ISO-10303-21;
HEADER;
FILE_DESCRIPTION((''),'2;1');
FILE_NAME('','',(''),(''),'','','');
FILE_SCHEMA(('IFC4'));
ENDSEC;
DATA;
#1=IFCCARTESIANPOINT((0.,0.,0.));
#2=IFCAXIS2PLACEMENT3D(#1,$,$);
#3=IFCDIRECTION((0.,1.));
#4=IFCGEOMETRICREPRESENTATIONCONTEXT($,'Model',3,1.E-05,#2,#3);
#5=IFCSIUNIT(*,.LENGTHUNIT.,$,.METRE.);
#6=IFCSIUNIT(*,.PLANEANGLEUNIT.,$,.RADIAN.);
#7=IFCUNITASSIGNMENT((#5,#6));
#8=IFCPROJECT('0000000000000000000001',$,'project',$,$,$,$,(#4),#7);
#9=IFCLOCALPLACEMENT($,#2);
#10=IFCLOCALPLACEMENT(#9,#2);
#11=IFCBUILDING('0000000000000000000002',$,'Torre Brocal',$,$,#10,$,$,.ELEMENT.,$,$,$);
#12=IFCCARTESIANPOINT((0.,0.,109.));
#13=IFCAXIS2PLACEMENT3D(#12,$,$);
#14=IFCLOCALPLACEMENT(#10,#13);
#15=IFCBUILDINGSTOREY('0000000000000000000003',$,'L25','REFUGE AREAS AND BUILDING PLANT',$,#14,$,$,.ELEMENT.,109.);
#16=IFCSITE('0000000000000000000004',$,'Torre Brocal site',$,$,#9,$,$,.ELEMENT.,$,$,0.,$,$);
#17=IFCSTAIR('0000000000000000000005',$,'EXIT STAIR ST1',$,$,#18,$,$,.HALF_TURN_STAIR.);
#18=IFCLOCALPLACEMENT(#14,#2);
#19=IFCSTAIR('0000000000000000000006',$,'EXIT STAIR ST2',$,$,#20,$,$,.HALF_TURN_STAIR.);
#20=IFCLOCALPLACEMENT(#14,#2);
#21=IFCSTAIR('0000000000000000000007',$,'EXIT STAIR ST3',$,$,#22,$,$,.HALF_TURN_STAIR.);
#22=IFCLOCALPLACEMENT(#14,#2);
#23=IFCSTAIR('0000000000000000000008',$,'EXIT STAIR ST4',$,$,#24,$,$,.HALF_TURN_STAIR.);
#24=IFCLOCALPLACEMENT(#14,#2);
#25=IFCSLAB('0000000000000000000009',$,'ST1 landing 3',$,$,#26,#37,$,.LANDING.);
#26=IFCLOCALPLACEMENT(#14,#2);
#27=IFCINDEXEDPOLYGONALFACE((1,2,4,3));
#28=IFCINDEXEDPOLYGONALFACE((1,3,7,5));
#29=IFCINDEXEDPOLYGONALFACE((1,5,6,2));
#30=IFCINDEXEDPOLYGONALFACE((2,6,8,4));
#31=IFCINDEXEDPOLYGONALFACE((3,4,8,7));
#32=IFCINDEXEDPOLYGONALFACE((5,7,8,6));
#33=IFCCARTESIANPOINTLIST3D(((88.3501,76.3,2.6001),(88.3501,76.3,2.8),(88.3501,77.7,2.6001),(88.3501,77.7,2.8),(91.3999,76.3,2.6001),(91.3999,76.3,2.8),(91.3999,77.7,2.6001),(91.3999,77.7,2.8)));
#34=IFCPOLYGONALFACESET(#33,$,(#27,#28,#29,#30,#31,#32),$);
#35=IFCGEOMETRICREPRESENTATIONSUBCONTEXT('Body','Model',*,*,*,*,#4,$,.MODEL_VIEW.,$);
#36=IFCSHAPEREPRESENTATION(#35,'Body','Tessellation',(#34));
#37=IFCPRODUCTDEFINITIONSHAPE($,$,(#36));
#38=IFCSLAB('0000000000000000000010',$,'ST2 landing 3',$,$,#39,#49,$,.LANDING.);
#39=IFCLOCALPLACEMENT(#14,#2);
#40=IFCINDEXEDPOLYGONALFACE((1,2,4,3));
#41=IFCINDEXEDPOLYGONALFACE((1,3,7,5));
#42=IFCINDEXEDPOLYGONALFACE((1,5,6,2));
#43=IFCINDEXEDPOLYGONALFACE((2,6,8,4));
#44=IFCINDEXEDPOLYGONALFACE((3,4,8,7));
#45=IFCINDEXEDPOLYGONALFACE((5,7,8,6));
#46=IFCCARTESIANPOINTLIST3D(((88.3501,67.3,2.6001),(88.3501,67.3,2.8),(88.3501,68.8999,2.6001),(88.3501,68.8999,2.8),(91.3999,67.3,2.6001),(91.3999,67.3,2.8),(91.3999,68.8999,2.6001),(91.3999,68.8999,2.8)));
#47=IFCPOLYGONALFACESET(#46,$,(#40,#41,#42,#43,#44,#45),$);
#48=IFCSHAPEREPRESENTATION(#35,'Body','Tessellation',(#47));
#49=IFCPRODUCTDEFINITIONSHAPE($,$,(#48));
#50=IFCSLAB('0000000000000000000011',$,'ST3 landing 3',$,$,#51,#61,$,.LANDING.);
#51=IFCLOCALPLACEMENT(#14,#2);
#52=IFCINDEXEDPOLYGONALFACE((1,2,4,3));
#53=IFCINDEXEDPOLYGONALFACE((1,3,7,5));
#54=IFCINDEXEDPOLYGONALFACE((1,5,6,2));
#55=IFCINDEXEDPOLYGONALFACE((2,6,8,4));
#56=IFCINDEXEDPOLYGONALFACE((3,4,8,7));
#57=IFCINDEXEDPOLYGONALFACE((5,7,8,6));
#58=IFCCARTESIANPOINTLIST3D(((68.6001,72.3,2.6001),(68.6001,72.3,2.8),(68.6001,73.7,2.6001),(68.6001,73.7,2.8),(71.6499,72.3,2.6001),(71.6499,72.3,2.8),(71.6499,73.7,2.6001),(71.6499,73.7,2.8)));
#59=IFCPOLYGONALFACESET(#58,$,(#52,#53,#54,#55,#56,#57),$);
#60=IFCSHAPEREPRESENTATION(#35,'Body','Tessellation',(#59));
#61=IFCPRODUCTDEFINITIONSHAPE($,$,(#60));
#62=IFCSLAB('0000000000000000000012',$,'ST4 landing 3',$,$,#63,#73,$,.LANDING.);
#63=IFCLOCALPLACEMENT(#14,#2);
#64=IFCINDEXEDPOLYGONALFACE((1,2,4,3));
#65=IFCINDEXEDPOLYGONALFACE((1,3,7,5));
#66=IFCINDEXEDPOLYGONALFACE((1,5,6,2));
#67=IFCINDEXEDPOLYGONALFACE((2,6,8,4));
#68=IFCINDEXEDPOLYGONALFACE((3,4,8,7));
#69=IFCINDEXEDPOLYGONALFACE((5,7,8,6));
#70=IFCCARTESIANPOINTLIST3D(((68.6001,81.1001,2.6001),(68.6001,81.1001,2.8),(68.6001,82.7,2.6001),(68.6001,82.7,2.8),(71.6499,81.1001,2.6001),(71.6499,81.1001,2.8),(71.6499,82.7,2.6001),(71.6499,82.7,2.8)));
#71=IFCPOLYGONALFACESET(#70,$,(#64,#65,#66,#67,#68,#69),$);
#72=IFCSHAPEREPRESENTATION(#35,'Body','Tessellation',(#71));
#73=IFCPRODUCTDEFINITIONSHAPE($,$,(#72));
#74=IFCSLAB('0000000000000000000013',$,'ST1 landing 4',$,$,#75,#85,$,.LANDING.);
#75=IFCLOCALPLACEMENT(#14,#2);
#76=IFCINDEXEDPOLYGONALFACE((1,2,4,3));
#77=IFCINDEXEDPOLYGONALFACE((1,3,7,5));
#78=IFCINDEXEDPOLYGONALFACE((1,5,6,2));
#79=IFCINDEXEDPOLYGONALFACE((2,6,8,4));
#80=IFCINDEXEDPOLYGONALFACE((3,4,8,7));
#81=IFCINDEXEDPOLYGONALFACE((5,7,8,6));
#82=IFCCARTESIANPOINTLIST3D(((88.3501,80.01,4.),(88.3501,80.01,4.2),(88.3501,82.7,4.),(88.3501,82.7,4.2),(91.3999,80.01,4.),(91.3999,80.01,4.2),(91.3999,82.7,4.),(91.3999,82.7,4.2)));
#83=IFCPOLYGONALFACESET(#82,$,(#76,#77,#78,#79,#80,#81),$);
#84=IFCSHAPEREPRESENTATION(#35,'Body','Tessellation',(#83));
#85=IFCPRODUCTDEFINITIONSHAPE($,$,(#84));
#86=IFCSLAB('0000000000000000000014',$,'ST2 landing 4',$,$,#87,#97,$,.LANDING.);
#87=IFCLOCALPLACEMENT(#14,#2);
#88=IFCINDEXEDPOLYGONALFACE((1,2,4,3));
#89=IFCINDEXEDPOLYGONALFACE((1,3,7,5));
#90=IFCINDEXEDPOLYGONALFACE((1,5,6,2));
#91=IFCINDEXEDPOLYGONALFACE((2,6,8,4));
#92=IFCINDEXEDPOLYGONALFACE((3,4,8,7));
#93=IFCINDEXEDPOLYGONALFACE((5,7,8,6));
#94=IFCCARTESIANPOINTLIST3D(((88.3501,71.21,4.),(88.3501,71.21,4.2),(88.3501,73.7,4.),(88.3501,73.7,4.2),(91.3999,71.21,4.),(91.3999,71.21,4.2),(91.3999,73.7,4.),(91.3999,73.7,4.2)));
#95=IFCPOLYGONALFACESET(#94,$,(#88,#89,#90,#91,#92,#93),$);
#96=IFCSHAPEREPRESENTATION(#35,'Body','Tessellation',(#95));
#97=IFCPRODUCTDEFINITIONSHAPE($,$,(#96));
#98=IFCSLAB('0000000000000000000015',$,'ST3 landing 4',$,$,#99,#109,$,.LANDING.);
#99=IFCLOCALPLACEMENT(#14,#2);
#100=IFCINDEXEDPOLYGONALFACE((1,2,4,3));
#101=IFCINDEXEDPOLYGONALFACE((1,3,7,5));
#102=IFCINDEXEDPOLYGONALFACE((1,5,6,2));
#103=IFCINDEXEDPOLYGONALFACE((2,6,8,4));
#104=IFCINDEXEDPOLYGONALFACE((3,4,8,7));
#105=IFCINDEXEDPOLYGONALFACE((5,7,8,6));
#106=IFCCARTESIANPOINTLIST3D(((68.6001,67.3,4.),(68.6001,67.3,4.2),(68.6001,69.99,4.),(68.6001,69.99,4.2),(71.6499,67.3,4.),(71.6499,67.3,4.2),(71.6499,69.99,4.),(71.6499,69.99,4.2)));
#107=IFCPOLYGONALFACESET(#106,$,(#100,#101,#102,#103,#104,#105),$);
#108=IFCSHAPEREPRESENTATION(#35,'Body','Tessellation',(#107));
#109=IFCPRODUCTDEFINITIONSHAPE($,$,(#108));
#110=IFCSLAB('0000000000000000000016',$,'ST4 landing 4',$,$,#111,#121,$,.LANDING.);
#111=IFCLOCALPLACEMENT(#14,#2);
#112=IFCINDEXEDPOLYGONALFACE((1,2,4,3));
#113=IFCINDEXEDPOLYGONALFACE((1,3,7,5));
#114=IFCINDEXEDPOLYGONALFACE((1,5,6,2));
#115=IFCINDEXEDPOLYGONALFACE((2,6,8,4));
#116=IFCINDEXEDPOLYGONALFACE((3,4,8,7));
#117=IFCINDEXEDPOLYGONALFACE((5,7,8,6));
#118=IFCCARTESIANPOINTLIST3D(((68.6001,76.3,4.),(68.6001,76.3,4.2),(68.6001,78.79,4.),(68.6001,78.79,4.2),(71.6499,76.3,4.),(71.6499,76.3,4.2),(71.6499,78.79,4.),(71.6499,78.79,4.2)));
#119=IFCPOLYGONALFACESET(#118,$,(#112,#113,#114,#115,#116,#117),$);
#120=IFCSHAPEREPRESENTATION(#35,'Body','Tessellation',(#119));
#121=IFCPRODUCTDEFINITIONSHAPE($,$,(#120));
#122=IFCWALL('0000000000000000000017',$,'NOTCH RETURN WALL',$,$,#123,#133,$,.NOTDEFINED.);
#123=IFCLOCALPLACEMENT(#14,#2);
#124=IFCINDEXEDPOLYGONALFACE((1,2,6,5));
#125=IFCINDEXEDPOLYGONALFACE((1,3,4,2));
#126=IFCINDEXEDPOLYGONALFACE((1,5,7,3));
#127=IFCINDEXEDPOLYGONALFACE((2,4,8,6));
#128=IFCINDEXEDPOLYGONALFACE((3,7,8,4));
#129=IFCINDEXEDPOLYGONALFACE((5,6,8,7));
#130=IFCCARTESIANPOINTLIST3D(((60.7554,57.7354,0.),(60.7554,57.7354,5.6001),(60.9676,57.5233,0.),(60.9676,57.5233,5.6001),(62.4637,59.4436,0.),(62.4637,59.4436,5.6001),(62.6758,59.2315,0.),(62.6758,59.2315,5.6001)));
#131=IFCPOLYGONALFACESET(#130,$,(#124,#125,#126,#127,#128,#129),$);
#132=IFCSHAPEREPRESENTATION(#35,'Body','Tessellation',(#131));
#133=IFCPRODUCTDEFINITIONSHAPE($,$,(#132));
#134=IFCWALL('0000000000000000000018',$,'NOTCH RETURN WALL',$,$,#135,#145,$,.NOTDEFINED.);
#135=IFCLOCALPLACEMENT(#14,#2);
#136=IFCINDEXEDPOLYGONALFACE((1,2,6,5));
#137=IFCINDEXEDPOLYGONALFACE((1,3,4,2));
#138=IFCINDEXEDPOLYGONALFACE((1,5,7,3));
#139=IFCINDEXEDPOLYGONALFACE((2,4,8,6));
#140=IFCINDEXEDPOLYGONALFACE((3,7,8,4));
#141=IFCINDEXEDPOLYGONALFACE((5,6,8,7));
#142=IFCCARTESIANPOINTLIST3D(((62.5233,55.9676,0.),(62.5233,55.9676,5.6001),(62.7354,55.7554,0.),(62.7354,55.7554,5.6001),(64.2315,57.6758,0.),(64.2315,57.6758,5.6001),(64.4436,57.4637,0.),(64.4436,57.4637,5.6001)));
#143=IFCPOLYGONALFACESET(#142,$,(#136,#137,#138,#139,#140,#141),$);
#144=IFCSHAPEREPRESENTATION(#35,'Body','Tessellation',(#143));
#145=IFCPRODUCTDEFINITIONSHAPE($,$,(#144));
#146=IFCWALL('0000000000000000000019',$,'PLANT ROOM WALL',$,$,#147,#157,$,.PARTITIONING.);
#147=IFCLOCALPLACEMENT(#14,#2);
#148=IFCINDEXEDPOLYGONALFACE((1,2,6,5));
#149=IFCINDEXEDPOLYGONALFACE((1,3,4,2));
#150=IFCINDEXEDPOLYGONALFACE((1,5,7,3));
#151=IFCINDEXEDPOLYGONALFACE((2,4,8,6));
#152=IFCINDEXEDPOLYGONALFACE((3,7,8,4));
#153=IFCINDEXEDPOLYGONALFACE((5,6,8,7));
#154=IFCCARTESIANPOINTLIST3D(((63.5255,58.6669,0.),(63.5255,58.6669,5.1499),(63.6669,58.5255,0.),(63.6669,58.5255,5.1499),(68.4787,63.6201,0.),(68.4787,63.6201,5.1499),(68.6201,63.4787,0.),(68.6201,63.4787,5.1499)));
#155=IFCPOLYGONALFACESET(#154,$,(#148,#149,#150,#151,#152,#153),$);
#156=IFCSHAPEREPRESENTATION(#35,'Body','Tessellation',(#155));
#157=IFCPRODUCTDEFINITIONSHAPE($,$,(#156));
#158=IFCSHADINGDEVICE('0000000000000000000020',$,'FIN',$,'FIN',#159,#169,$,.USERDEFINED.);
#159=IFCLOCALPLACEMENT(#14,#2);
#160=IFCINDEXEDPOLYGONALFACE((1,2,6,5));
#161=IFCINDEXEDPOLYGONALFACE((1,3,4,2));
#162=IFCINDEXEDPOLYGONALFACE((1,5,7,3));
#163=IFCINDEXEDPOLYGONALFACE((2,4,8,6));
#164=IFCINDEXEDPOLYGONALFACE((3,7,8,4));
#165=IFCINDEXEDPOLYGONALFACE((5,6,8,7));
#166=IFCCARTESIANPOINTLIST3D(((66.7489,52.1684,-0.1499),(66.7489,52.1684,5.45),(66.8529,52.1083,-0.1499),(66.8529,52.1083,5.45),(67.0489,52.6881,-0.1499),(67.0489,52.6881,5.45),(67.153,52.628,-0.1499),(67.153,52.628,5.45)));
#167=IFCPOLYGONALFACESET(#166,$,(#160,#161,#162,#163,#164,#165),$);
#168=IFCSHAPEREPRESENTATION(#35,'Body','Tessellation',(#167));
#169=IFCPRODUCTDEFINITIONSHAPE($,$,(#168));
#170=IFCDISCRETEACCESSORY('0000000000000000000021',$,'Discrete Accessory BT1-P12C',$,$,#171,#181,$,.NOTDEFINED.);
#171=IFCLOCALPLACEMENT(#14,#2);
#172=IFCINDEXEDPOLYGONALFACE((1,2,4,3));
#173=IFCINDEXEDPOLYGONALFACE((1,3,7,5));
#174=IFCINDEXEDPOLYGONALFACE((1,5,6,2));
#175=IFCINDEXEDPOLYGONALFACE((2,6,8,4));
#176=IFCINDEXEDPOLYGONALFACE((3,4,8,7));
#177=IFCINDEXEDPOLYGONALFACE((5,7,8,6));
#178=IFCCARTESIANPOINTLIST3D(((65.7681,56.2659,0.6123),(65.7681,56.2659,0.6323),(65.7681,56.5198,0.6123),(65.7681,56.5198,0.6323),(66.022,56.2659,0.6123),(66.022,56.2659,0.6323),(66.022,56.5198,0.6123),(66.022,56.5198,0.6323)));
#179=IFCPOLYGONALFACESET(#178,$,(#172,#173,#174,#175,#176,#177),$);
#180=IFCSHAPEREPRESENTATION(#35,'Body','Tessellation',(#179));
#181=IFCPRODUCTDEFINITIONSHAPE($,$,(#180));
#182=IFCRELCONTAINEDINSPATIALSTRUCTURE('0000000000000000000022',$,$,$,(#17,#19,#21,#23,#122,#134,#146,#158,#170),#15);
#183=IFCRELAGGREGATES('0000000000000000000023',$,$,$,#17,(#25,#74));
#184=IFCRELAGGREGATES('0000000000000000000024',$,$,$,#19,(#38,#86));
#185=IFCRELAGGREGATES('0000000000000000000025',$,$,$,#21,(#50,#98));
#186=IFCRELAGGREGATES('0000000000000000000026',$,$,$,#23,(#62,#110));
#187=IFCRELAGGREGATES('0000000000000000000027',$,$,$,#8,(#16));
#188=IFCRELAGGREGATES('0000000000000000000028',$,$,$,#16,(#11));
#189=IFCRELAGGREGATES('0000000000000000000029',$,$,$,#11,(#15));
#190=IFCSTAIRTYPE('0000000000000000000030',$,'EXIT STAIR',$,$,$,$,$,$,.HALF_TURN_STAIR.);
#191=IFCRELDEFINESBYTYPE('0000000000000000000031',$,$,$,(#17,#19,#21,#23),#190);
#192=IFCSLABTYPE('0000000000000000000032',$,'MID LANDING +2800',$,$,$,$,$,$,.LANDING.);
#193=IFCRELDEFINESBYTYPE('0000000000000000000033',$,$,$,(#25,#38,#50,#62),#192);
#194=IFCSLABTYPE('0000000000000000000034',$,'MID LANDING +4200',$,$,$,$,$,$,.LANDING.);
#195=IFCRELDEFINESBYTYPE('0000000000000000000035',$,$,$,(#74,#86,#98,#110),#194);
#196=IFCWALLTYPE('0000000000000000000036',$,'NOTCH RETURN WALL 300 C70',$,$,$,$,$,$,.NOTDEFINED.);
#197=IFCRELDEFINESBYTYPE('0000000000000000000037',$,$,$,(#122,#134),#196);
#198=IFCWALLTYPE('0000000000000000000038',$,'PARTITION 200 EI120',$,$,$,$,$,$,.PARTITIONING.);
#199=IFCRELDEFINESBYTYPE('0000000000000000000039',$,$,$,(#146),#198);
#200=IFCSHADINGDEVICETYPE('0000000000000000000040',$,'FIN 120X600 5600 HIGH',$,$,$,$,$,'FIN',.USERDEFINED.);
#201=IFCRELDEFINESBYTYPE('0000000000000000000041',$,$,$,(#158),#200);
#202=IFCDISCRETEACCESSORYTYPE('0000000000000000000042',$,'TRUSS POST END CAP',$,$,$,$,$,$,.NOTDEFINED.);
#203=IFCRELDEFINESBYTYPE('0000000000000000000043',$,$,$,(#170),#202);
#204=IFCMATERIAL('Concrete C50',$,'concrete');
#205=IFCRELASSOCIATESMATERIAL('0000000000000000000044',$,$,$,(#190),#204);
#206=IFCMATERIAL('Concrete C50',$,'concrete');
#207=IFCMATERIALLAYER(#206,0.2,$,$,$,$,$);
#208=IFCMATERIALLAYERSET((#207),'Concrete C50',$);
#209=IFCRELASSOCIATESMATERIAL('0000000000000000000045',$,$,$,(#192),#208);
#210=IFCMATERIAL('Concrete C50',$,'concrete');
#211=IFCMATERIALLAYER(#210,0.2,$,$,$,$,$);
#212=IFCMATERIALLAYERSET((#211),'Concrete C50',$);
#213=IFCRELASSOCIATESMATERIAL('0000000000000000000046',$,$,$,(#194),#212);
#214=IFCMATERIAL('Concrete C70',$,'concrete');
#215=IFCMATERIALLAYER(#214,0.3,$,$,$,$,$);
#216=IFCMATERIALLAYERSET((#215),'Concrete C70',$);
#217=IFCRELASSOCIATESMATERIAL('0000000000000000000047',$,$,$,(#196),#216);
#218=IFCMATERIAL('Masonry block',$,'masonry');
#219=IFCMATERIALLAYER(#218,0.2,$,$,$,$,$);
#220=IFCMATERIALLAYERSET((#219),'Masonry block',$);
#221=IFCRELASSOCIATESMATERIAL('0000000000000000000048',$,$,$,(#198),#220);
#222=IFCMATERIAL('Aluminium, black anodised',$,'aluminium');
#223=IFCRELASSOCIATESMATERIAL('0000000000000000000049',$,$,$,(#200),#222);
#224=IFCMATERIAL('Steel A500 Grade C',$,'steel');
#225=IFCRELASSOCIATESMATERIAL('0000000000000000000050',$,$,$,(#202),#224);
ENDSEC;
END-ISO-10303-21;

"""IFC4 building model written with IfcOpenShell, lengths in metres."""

from ifc_helpers import new_model, si_unit, direction, frame, frame_2d, origin, origin_2d, place, context, subcontext, project, spatial, polyline, rectangle, outline, extrude, material, layer, layer_set, material_profile, profile_set, type_object, element, aggregate, save


model = new_model("IFC4")

# Units and contexts
model_context = context("Model", 3, precision=1e-05, world=origin(), true_north=direction((0.0, 1.0)))
body_context = subcontext(model_context, "Body", "Model", "MODEL_VIEW")
ifc_project = project(units=[si_unit("LENGTHUNIT", "METRE"), si_unit("PLANEANGLEUNIT", "RADIAN")], contexts=[model_context])

# Site, building, storey
site_placement = place(None, origin())
site = spatial("IfcSite", under=ifc_project, at=site_placement, Name="Torre Brocal site", CompositionType="ELEMENT", RefElevation=0.0)
building_placement = place(site_placement, origin())
building = spatial("IfcBuilding", under=site, at=building_placement, Name="Torre Brocal", CompositionType="ELEMENT")
storey_placement = place(building_placement, frame((0.0, 0.0, 109.0)))
storey = spatial("IfcBuildingStorey", under=building, at=storey_placement, Name="L25", Description="REFUGE AREAS AND BUILDING PLANT", CompositionType="ELEMENT", Elevation=109.0)

# Stairs
ifc_material_1 = material(Name="Concrete C50", Category="concrete")
stair_type = type_object("IfcStairType", Name="EXIT STAIR", PredefinedType="HALF_TURN_STAIR", material=ifc_material_1)
stair_1_placement = place(storey_placement, origin())
stair_1 = element("IfcStair", 1, at=stair_1_placement, inside=storey, type_object=stair_type, Name="EXIT STAIR ST1", PredefinedType="HALF_TURN_STAIR")
stair_2_placement = place(storey_placement, origin())
stair_2 = element("IfcStair", 2, at=stair_2_placement, inside=storey, type_object=stair_type, Name="EXIT STAIR ST2", PredefinedType="HALF_TURN_STAIR")
stair_3_placement = place(storey_placement, origin())
stair_3 = element("IfcStair", 3, at=stair_3_placement, inside=storey, type_object=stair_type, Name="EXIT STAIR ST3", PredefinedType="HALF_TURN_STAIR")
stair_4_placement = place(storey_placement, origin())
stair_4 = element("IfcStair", 4, at=stair_4_placement, inside=storey, type_object=stair_type, Name="EXIT STAIR ST4", PredefinedType="HALF_TURN_STAIR")

# Slabs
ifc_material_2 = material(Name="Concrete C50", Category="concrete")
ifc_layer_1 = layer(ifc_material_2, 0.2)
ifc_layer_set_1 = layer_set([ifc_layer_1], Name="Concrete C50")
slab_type_1 = type_object("IfcSlabType", Name="MID LANDING +2800", PredefinedType="LANDING", material=ifc_layer_set_1)
slab_1_placement = place(storey_placement, frame((0.0, 0.0, 2.6001)))
slab_1 = element("IfcSlab", 5, at=slab_1_placement, type_object=slab_type_1, Name="ST1 landing 3", PredefinedType="LANDING", context=body_context, shape_type="SweptSolid", body=[
    extrude(outline(polyline([(88.3501, 76.3), (91.3999, 76.3), (91.3999, 77.7), (88.3501, 77.7), (88.3501, 76.3)])), origin(), (0.0, 0.0, 1.0), 0.2),
])
slab_2_placement = place(storey_placement, frame((0.0, 0.0, 2.6001)))
slab_2 = element("IfcSlab", 6, at=slab_2_placement, type_object=slab_type_1, Name="ST2 landing 3", PredefinedType="LANDING", context=body_context, shape_type="SweptSolid", body=[
    extrude(outline(polyline([(88.3501, 67.3), (91.3999, 67.3), (91.3999, 68.8999), (88.3501, 68.8999), (88.3501, 67.3)])), origin(), (0.0, 0.0, 1.0), 0.2),
])
slab_3_placement = place(storey_placement, frame((0.0, 0.0, 2.6001)))
slab_3 = element("IfcSlab", 7, at=slab_3_placement, type_object=slab_type_1, Name="ST3 landing 3", PredefinedType="LANDING", context=body_context, shape_type="SweptSolid", body=[
    extrude(outline(polyline([(71.6499, 73.7), (68.6001, 73.7), (68.6001, 72.3), (71.6499, 72.3), (71.6499, 73.7)])), origin(), (0.0, 0.0, 1.0), 0.2),
])
slab_4_placement = place(storey_placement, frame((0.0, 0.0, 2.6001)))
slab_4 = element("IfcSlab", 8, at=slab_4_placement, type_object=slab_type_1, Name="ST4 landing 3", PredefinedType="LANDING", context=body_context, shape_type="SweptSolid", body=[
    extrude(outline(polyline([(71.6499, 82.7), (68.6001, 82.7), (68.6001, 81.1001), (71.6499, 81.1001), (71.6499, 82.7)])), origin(), (0.0, 0.0, 1.0), 0.2),
])
ifc_material_3 = material(Name="Concrete C50", Category="concrete")
ifc_layer_2 = layer(ifc_material_3, 0.2)
ifc_layer_set_2 = layer_set([ifc_layer_2], Name="Concrete C50")
slab_type_2 = type_object("IfcSlabType", Name="MID LANDING +4200", PredefinedType="LANDING", material=ifc_layer_set_2)
slab_5_placement = place(storey_placement, frame((0.0, 0.0, 4.0)))
slab_5 = element("IfcSlab", 9, at=slab_5_placement, type_object=slab_type_2, Name="ST1 landing 4", PredefinedType="LANDING", context=body_context, shape_type="SweptSolid", body=[
    extrude(outline(polyline([(88.3501, 80.01), (91.3999, 80.01), (91.3999, 82.7), (88.3501, 82.7), (88.3501, 80.01)])), origin(), (0.0, 0.0, 1.0), 0.2),
])
aggregate(stair_1, [slab_1, slab_5])
slab_6_placement = place(storey_placement, frame((0.0, 0.0, 4.0)))
slab_6 = element("IfcSlab", 10, at=slab_6_placement, type_object=slab_type_2, Name="ST2 landing 4", PredefinedType="LANDING", context=body_context, shape_type="SweptSolid", body=[
    extrude(outline(polyline([(88.3501, 71.21), (91.3999, 71.21), (91.3999, 73.7), (88.3501, 73.7), (88.3501, 71.21)])), origin(), (0.0, 0.0, 1.0), 0.2),
])
aggregate(stair_2, [slab_2, slab_6])
slab_7_placement = place(storey_placement, frame((0.0, 0.0, 4.0)))
slab_7 = element("IfcSlab", 11, at=slab_7_placement, type_object=slab_type_2, Name="ST3 landing 4", PredefinedType="LANDING", context=body_context, shape_type="SweptSolid", body=[
    extrude(outline(polyline([(71.6499, 69.99), (68.6001, 69.99), (68.6001, 67.3), (71.6499, 67.3), (71.6499, 69.99)])), origin(), (0.0, 0.0, 1.0), 0.2),
])
aggregate(stair_3, [slab_3, slab_7])
slab_8_placement = place(storey_placement, frame((0.0, 0.0, 4.0)))
slab_8 = element("IfcSlab", 12, at=slab_8_placement, type_object=slab_type_2, Name="ST4 landing 4", PredefinedType="LANDING", context=body_context, shape_type="SweptSolid", body=[
    extrude(outline(polyline([(71.6499, 78.79), (68.6001, 78.79), (68.6001, 76.3), (71.6499, 76.3), (71.6499, 78.79)])), origin(), (0.0, 0.0, 1.0), 0.2),
])
aggregate(stair_4, [slab_4, slab_8])

# Walls
ifc_material_4 = material(Name="Concrete C70", Category="concrete")
ifc_layer_3 = layer(ifc_material_4, 0.3)
ifc_layer_set_3 = layer_set([ifc_layer_3], Name="Concrete C70")
wall_type_1 = type_object("IfcWallType", Name="NOTCH RETURN WALL 300 C70", PredefinedType="NOTDEFINED", material=ifc_layer_set_3)
for number, where, z_axis, x_axis, name in (
    (13, (62.5698, 59.3376, 0.0), (0.0, 0.0, 1.0), (-0.707107, -0.707107, 0.0), "NOTCH RETURN WALL"),
    (14, (64.3376, 57.5698, 0.0), (0.0, 0.0, 1.0), (-0.707107, -0.707107, 0.0), "NOTCH RETURN WALL"),
):
    element("IfcWall", number, at=place(storey_placement, frame(where, z_axis=z_axis, x_axis=x_axis)), inside=storey, type_object=wall_type_1, Name=name, PredefinedType="NOTDEFINED", context=body_context, shape_type="SweptSolid", body=[
        extrude(rectangle(XDim=2.4158, YDim=0.3, at=frame_2d((1.208, 0.0))), origin(), (0.0, 0.0, 1.0), 5.6001),
    ])
ifc_material_5 = material(Name="Masonry block", Category="masonry")
ifc_layer_4 = layer(ifc_material_5, 0.2)
ifc_layer_set_4 = layer_set([ifc_layer_4], Name="Masonry block")
wall_type_2 = type_object("IfcWallType", Name="PARTITION 200 EI120", PredefinedType="PARTITIONING", material=ifc_layer_set_4)
wall_placement = place(storey_placement, frame((63.5962, 58.5962, 0.0), z_axis=(0.0, 0.0, 1.0), x_axis=(0.707107, 0.707107, 0.0)))
element("IfcWall", 15, at=wall_placement, inside=storey, type_object=wall_type_2, Name="PLANT ROOM WALL", PredefinedType="PARTITIONING", context=body_context, shape_type="SweptSolid", body=[
    extrude(rectangle(XDim=7.0049, YDim=0.2, at=frame_2d((3.5024, 0.0))), origin(), (0.0, 0.0, 1.0), 5.1499),
])

# Shading device
ifc_material_6 = material(Name="Aluminium, black anodised", Category="aluminium")
ifc_material_profile_1 = material_profile(ifc_material_6, rectangle(XDim=0.1201, YDim=0.6001, at=origin_2d()), Name="FIN 120X600 5600 HIGH")
ifc_profile_set_1 = profile_set([ifc_material_profile_1], Name="Aluminium, black anodised")
shading_device_type = type_object("IfcShadingDeviceType", Name="FIN 120X600 5600 HIGH", ElementType="FIN", PredefinedType="USERDEFINED", material=ifc_profile_set_1)
shading_device_placement = place(storey_placement, frame((66.9509, 52.3982, -0.1499), z_axis=(0.0, 0.0, 1.0), x_axis=(0.866025, -0.5, 0.0)))
element("IfcShadingDevice", 16, at=shading_device_placement, inside=storey, type_object=shading_device_type, Name="FIN", ObjectType="FIN", PredefinedType="USERDEFINED", context=body_context, shape_type="SweptSolid", body=[
    extrude(rectangle(XDim=0.1201, YDim=0.6001, at=origin_2d()), origin(), (0.0, 0.0, 1.0), 5.5999),
])

# Discrete accessory
ifc_material_7 = material(Name="Steel A500 Grade C", Category="steel")
discrete_accessory_type = type_object("IfcDiscreteAccessoryType", Name="TRUSS POST END CAP", PredefinedType="NOTDEFINED", material=ifc_material_7)
discrete_accessory_placement = place(storey_placement, frame((65.895, 56.3928, 0.6123), z_axis=(0.0, 0.0, 1.0), x_axis=(1.0, 0.0, 0.0)))
element("IfcDiscreteAccessory", 17, at=discrete_accessory_placement, inside=storey, type_object=discrete_accessory_type, Name="Discrete Accessory BT1-P12C", PredefinedType="NOTDEFINED", context=body_context, shape_type="SweptSolid", body=[
    extrude(rectangle(XDim=0.2539, YDim=0.2539, at=origin_2d()), origin(), (0.0, 0.0, 1.0), 0.02),
])

save(model, "model.ifc")
